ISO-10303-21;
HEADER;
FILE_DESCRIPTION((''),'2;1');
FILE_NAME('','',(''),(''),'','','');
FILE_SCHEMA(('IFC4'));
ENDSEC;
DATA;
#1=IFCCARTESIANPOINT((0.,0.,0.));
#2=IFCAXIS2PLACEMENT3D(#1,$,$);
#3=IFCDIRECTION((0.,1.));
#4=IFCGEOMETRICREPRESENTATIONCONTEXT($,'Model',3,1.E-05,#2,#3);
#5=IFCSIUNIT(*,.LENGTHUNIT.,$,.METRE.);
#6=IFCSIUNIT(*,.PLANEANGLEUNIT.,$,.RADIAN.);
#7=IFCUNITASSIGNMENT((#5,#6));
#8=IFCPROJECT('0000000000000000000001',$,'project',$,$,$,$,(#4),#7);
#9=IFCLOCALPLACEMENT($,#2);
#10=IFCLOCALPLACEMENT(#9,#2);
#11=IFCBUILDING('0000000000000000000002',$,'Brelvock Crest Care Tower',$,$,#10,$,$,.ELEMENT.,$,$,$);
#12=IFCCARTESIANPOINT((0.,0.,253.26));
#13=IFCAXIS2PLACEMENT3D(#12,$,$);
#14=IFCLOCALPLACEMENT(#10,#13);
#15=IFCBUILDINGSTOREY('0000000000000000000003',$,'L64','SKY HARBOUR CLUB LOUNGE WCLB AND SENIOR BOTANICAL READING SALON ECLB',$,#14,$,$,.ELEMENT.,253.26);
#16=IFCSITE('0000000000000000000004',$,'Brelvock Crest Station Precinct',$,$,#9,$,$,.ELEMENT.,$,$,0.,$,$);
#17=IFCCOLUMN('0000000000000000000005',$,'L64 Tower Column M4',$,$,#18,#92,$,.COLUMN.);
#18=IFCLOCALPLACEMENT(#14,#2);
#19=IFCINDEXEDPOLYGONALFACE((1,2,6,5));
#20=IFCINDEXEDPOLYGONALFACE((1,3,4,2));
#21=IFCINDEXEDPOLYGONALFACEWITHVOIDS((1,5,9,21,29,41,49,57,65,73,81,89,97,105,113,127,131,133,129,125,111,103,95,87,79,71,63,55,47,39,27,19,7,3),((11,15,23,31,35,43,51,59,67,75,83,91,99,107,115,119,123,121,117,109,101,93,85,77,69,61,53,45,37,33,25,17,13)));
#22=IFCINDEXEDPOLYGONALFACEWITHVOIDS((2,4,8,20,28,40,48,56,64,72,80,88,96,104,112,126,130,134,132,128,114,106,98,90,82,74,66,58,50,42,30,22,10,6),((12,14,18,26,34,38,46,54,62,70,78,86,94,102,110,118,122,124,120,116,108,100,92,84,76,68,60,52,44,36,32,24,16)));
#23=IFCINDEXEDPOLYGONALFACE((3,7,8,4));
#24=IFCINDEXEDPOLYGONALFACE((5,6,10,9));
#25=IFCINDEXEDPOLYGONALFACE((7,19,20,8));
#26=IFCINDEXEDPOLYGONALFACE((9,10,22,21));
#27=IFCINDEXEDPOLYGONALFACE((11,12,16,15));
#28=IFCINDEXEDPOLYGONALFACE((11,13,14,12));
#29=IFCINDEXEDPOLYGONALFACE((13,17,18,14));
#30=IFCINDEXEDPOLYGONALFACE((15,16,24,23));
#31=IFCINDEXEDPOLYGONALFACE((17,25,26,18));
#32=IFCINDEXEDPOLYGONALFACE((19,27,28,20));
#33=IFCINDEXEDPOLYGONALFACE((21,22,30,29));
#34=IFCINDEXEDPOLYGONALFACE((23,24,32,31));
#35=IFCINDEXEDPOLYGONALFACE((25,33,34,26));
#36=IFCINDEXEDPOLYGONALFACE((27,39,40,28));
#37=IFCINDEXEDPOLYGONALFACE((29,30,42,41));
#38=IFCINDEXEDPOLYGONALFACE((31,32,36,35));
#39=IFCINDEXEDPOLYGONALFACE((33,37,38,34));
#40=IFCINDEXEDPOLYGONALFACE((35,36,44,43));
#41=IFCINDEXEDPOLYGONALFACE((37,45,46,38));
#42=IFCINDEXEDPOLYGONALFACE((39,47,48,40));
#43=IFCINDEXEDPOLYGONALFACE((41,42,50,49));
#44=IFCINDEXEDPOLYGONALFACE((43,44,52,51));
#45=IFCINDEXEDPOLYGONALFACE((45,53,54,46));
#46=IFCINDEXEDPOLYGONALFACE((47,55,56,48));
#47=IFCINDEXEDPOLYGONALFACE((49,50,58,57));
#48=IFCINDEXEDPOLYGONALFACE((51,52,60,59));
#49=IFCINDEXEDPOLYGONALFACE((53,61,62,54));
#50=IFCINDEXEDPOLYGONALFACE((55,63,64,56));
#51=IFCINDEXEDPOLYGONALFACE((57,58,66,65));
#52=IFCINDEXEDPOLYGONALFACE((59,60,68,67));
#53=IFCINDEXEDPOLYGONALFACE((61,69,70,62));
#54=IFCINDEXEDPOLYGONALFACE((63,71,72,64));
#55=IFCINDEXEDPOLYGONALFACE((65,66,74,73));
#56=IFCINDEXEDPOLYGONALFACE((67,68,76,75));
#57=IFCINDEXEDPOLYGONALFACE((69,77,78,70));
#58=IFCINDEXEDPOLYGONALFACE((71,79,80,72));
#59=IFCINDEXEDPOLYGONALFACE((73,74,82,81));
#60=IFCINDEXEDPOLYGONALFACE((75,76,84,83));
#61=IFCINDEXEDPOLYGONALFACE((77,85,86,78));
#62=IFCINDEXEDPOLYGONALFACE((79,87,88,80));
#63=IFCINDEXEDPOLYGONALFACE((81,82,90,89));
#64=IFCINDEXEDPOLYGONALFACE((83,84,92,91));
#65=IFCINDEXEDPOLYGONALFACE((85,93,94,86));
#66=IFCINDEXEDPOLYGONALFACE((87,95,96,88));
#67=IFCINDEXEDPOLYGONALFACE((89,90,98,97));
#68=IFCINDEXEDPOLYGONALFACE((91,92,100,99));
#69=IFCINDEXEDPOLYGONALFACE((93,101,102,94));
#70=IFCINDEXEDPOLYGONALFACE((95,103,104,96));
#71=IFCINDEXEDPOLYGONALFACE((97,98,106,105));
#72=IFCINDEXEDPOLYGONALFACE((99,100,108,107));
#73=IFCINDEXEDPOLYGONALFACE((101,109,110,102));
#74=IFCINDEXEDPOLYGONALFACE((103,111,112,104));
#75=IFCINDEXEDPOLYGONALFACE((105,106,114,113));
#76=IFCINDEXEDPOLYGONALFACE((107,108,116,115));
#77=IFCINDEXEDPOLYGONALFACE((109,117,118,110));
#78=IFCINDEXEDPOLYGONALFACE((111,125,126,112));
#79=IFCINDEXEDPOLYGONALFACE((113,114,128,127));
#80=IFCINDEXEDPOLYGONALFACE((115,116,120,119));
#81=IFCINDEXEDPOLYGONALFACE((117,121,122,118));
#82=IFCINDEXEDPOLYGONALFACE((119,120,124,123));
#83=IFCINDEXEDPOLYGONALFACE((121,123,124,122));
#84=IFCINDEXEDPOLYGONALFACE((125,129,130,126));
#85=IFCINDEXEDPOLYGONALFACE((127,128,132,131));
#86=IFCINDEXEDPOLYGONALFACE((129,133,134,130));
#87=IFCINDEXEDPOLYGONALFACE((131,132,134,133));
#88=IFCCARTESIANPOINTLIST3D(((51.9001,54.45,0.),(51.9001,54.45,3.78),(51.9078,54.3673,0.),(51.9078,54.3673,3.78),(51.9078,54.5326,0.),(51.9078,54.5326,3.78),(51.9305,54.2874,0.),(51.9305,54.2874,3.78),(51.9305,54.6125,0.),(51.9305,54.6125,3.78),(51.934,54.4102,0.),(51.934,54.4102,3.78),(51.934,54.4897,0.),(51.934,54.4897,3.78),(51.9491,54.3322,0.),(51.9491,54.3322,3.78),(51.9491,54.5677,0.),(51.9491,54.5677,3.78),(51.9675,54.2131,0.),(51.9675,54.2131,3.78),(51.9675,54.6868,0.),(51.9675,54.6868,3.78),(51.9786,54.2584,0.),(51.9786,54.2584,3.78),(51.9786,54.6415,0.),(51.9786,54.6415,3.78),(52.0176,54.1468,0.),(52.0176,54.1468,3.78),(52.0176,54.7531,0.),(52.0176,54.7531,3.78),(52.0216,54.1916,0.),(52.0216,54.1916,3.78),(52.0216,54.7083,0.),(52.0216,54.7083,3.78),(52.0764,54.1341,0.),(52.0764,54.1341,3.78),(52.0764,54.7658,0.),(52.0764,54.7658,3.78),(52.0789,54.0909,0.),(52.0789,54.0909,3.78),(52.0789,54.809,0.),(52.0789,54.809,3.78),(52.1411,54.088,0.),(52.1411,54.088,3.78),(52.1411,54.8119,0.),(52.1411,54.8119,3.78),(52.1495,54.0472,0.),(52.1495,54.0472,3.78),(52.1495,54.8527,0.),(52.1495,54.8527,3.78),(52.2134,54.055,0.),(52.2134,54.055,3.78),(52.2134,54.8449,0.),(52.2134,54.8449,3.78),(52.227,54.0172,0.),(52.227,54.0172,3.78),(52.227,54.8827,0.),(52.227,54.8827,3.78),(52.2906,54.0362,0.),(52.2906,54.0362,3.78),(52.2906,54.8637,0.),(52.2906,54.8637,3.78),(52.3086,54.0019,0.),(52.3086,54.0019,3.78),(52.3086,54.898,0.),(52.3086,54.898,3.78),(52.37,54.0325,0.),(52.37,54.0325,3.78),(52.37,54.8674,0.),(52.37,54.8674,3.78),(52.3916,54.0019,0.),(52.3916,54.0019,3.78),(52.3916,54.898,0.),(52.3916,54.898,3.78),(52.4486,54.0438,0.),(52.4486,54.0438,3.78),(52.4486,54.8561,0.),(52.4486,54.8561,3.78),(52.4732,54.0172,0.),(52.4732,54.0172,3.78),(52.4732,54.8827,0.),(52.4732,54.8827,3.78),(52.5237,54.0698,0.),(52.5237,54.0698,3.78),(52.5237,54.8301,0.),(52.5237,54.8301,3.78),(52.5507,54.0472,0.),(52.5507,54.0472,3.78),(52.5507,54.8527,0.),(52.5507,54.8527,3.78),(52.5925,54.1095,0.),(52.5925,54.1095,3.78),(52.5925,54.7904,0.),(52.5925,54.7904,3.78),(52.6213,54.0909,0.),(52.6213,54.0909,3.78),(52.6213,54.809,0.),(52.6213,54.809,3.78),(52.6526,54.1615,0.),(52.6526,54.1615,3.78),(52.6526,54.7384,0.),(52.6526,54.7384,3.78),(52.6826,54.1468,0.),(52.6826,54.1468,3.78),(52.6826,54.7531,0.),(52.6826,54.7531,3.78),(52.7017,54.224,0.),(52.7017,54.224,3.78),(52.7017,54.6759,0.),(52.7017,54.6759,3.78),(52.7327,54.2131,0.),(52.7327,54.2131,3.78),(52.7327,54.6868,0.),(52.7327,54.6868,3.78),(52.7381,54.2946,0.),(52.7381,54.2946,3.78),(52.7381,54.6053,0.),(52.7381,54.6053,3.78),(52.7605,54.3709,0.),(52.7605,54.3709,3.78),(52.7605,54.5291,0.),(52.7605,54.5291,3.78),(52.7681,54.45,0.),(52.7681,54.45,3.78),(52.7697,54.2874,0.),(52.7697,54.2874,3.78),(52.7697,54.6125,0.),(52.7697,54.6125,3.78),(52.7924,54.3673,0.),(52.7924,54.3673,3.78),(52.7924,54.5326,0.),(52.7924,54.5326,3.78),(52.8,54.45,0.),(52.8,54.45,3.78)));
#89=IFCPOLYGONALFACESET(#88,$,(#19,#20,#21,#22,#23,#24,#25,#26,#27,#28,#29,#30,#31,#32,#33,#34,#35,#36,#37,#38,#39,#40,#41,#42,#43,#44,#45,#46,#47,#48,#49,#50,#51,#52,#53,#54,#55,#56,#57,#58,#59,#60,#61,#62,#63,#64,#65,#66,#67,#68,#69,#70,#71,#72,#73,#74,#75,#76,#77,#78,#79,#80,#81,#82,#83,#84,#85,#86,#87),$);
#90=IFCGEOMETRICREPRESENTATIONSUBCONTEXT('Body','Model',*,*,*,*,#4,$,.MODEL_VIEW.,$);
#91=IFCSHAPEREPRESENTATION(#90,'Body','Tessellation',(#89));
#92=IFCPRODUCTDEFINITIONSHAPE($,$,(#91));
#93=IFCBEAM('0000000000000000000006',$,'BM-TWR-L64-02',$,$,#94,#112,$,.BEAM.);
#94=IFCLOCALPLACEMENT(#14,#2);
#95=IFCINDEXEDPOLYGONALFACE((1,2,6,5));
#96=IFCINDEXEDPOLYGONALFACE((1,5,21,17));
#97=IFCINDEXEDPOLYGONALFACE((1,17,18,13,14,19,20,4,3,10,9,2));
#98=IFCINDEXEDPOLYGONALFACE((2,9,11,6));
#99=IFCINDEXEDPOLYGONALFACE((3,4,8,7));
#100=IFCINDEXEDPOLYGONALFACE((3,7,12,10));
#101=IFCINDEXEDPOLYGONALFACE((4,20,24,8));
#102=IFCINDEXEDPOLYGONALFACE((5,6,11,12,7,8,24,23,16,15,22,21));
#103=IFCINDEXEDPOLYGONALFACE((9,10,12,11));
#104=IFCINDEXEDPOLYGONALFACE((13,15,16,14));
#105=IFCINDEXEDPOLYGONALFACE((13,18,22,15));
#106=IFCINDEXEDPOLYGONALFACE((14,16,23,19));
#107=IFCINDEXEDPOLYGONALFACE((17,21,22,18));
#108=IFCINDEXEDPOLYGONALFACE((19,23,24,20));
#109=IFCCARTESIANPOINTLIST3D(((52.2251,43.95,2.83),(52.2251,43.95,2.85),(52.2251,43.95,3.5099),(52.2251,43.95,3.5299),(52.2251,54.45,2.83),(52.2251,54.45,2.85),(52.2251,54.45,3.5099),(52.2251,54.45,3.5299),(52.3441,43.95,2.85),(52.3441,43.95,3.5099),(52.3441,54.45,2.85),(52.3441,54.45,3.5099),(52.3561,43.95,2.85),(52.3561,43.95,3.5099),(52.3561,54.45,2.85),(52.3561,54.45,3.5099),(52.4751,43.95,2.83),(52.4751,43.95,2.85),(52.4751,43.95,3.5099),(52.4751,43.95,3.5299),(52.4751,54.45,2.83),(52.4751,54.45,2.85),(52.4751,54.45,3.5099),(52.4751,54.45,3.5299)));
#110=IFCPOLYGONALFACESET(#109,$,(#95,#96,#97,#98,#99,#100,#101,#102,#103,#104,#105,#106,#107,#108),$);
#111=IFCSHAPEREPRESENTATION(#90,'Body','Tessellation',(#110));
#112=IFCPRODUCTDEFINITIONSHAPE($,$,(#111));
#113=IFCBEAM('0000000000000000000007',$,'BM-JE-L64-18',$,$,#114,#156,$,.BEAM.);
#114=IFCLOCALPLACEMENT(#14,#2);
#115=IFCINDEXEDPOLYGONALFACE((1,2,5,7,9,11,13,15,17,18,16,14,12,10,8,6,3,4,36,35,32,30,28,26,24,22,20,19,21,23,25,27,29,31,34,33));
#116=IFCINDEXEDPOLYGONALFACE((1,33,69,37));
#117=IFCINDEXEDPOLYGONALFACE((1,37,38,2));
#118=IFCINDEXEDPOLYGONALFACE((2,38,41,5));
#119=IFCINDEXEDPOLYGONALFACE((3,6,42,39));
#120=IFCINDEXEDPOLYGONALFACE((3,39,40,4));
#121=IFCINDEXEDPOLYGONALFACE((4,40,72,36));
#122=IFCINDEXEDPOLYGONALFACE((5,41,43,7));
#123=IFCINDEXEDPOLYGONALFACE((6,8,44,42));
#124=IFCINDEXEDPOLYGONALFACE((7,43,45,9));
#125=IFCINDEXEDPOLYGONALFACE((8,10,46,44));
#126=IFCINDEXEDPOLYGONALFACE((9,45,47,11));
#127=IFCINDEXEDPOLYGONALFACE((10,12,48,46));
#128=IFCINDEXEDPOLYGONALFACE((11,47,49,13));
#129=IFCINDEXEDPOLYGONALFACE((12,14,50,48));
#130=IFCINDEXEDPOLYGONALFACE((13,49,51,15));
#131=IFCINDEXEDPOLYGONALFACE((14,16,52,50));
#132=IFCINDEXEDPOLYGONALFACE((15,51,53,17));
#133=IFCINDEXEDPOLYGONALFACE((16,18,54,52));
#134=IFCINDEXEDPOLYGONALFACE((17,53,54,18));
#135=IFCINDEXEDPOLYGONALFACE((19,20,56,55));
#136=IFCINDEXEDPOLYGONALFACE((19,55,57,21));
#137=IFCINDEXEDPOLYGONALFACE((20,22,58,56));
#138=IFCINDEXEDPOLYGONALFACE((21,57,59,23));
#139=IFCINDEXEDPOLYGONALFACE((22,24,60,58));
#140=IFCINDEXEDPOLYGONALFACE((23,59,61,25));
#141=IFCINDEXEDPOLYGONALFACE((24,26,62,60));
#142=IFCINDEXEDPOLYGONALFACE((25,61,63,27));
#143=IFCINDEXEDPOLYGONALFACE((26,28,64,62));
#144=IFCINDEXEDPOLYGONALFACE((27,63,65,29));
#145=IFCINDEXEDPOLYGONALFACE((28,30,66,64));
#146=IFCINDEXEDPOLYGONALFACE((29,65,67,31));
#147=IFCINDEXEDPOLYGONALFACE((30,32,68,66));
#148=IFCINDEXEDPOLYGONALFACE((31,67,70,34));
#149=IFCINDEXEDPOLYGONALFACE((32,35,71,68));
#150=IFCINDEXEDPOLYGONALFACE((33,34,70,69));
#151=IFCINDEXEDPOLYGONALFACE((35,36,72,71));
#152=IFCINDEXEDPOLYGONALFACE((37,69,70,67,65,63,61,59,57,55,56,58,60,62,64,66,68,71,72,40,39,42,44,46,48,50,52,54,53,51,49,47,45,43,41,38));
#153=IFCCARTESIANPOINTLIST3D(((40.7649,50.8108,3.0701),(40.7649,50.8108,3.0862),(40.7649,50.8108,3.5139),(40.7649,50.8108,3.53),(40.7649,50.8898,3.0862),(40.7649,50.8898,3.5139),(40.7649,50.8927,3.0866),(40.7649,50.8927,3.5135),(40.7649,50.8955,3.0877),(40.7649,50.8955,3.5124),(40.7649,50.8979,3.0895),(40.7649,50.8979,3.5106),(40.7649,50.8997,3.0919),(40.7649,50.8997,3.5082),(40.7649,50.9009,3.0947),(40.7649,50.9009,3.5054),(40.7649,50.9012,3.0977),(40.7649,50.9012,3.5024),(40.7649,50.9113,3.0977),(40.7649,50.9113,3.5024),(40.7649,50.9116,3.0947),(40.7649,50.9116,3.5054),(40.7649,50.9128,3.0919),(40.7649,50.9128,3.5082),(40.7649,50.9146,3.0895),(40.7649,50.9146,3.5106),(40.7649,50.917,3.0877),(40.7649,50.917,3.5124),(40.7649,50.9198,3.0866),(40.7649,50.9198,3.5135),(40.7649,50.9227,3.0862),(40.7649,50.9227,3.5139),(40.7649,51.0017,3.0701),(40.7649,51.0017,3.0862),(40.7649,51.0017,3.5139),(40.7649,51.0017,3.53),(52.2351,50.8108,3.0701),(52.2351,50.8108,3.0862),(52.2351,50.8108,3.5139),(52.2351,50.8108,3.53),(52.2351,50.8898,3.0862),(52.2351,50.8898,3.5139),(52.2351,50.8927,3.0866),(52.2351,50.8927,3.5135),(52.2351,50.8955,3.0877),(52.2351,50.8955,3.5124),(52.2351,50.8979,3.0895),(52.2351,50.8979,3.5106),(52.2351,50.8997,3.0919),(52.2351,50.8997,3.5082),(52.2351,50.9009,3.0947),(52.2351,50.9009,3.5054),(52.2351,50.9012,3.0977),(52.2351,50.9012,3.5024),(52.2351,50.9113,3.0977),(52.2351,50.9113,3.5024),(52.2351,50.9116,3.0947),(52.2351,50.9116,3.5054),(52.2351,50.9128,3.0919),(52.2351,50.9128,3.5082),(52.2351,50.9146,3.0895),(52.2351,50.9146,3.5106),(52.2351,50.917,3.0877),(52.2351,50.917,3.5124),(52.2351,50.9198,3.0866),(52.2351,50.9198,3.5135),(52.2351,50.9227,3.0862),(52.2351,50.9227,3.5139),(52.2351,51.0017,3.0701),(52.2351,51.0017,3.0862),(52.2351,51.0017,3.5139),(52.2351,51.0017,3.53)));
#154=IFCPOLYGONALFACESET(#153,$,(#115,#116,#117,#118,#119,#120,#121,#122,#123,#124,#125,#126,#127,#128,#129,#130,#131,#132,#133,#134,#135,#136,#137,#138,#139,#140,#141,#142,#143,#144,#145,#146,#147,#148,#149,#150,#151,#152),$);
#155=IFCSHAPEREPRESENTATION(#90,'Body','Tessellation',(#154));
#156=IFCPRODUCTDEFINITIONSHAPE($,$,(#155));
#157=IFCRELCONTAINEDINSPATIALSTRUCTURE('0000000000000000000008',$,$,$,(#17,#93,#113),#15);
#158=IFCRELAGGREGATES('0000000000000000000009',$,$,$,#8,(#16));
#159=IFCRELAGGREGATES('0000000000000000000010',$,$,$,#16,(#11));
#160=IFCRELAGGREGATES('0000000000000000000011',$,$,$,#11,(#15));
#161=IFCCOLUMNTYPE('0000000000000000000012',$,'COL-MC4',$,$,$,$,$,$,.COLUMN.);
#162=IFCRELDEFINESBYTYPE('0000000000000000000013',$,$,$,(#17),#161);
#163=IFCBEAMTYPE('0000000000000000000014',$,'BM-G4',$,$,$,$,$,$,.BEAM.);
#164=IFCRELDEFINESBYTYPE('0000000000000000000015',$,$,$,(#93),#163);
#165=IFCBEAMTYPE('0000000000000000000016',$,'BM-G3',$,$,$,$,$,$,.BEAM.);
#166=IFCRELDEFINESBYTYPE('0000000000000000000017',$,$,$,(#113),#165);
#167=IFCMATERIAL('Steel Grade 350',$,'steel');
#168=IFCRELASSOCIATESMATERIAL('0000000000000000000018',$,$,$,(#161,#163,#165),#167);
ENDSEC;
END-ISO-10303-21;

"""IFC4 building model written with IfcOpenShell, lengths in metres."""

from ifc_helpers import new_model, si_unit, direction, frame, origin, origin_2d, place, context, subcontext, project, spatial, hollow_circle, i_section, extrude, source, transform, mapped, material, material_profile, profile_set, type_object, element, save


model = new_model("IFC4")

# Units and contexts
model_context = context("Model", 3, precision=1e-05, world=origin(), true_north=direction((0.0, 1.0)))
body_context = subcontext(model_context, "Body", "Model", "MODEL_VIEW")
ifc_project = project(units=[si_unit("LENGTHUNIT", "METRE"), si_unit("PLANEANGLEUNIT", "RADIAN")], contexts=[model_context])

# Site, building, storey
site_placement = place(None, origin())
site = spatial("IfcSite", under=ifc_project, at=site_placement, Name="Brelvock Crest Station Precinct", CompositionType="ELEMENT", RefElevation=0.0)
building_placement = place(site_placement, origin())
building = spatial("IfcBuilding", under=site, at=building_placement, Name="Brelvock Crest Care Tower", CompositionType="ELEMENT")
storey_placement = place(building_placement, frame((0.0, 0.0, 253.26)))
storey = spatial("IfcBuildingStorey", under=building, at=storey_placement, Name="L64", Description="SKY HARBOUR CLUB LOUNGE WCLB AND SENIOR BOTANICAL READING SALON ECLB", CompositionType="ELEMENT", Elevation=253.26)

# Column
ifc_material_1 = material(Name="Steel Grade 350", Category="steel")
ifc_material_profile_1 = material_profile(ifc_material_1, hollow_circle(Radius=0.45, WallThickness=0.032, at=origin_2d()), Name="CFT900x32")
ifc_profile_set_1 = profile_set([ifc_material_profile_1], Name="Steel Grade 350")
column_type = type_object("IfcColumnType", Name="COL-MC4", PredefinedType="COLUMN", material=ifc_profile_set_1)
shared_shape_1 = source(origin(), body_context, "Body", "SweptSolid", [
    extrude(hollow_circle(Radius=0.45, WallThickness=0.032, at=origin_2d()), origin(), (0.0, 0.0, 1.0), 3.78),
])
column_placement = place(storey_placement, frame((52.3501, 54.45, 0.0), z_axis=(0.0, 0.0, 1.0), x_axis=(1.0, 0.0, 0.0)))
element("IfcColumn", 1, at=column_placement, inside=storey, type_object=column_type, Name="L64 Tower Column M4", PredefinedType="COLUMN", context=body_context, shape_type="MappedRepresentation", body=[
    mapped(shared_shape_1, transform((0.0, 0.0, 0.0), x_axis=(1.0, 0.0, 0.0), y_axis=(0.0, 1.0, 0.0), z_axis=(0.0, 0.0, 1.0), scale=1.0)),
])

# Beams
ifc_material_profile_2 = material_profile(ifc_material_1, i_section(OverallWidth=0.25, OverallDepth=0.7, WebThickness=0.012, FlangeThickness=0.02, at=origin_2d()), Name="700WB150")
ifc_profile_set_2 = profile_set([ifc_material_profile_2], Name="Steel Grade 350")
beam_type_1 = type_object("IfcBeamType", Name="BM-G4", PredefinedType="BEAM", material=ifc_profile_set_2)
shared_shape_2 = source(origin(), body_context, "Body", "SweptSolid", [
    extrude(i_section(OverallWidth=0.25, OverallDepth=0.7, WebThickness=0.012, FlangeThickness=0.02, at=origin_2d()), origin(), (0.0, 0.0, 1.0), 10.5),
])
beam_placement = place(storey_placement, frame((52.3501, 43.95, 3.1799), z_axis=(0.0, 1.0, 0.0), x_axis=(-1.0, 0.0, 0.0)))
element("IfcBeam", 2, at=beam_placement, inside=storey, type_object=beam_type_1, Name="BM-TWR-L64-02", PredefinedType="BEAM", context=body_context, shape_type="MappedRepresentation", body=[
    mapped(shared_shape_2, transform((0.0, 0.0, 0.0), x_axis=(1.0, 0.0, 0.0), y_axis=(0.0, 1.0, 0.0), z_axis=(0.0, 0.0, 1.0), scale=1.0)),
])
ifc_material_profile_3 = material_profile(ifc_material_1, i_section(OverallWidth=0.1909, OverallDepth=0.46, WebThickness=0.01, FlangeThickness=0.0161, FilletRadius=0.0115, at=origin_2d()), Name="460UB82.1")
ifc_profile_set_3 = profile_set([ifc_material_profile_3], Name="Steel Grade 350")
beam_type_2 = type_object("IfcBeamType", Name="BM-G3", PredefinedType="BEAM", material=ifc_profile_set_3)
shared_shape_3 = source(origin(), body_context, "Body", "SweptSolid", [
    extrude(i_section(OverallWidth=0.1909, OverallDepth=0.46, WebThickness=0.01, FlangeThickness=0.0161, FilletRadius=0.0115, at=origin_2d()), origin(), (0.0, 0.0, 1.0), 11.4702),
])
for number, where, z_axis, x_axis, name in (
    (3, (40.7649, 50.9062, 3.3), (1.0, 0.0, 0.0), (0.0, 1.0, 0.0), "BM-JE-L64-18"),
):
    element("IfcBeam", number, at=place(storey_placement, frame(where, z_axis=z_axis, x_axis=x_axis)), inside=storey, type_object=beam_type_2, Name=name, PredefinedType="BEAM", context=body_context, shape_type="MappedRepresentation", body=[
        mapped(shared_shape_3, transform((0.0, 0.0, 0.0), x_axis=(1.0, 0.0, 0.0), y_axis=(0.0, 1.0, 0.0), z_axis=(0.0, 0.0, 1.0), scale=1.0)),
    ])

save(model, "model.ifc")
